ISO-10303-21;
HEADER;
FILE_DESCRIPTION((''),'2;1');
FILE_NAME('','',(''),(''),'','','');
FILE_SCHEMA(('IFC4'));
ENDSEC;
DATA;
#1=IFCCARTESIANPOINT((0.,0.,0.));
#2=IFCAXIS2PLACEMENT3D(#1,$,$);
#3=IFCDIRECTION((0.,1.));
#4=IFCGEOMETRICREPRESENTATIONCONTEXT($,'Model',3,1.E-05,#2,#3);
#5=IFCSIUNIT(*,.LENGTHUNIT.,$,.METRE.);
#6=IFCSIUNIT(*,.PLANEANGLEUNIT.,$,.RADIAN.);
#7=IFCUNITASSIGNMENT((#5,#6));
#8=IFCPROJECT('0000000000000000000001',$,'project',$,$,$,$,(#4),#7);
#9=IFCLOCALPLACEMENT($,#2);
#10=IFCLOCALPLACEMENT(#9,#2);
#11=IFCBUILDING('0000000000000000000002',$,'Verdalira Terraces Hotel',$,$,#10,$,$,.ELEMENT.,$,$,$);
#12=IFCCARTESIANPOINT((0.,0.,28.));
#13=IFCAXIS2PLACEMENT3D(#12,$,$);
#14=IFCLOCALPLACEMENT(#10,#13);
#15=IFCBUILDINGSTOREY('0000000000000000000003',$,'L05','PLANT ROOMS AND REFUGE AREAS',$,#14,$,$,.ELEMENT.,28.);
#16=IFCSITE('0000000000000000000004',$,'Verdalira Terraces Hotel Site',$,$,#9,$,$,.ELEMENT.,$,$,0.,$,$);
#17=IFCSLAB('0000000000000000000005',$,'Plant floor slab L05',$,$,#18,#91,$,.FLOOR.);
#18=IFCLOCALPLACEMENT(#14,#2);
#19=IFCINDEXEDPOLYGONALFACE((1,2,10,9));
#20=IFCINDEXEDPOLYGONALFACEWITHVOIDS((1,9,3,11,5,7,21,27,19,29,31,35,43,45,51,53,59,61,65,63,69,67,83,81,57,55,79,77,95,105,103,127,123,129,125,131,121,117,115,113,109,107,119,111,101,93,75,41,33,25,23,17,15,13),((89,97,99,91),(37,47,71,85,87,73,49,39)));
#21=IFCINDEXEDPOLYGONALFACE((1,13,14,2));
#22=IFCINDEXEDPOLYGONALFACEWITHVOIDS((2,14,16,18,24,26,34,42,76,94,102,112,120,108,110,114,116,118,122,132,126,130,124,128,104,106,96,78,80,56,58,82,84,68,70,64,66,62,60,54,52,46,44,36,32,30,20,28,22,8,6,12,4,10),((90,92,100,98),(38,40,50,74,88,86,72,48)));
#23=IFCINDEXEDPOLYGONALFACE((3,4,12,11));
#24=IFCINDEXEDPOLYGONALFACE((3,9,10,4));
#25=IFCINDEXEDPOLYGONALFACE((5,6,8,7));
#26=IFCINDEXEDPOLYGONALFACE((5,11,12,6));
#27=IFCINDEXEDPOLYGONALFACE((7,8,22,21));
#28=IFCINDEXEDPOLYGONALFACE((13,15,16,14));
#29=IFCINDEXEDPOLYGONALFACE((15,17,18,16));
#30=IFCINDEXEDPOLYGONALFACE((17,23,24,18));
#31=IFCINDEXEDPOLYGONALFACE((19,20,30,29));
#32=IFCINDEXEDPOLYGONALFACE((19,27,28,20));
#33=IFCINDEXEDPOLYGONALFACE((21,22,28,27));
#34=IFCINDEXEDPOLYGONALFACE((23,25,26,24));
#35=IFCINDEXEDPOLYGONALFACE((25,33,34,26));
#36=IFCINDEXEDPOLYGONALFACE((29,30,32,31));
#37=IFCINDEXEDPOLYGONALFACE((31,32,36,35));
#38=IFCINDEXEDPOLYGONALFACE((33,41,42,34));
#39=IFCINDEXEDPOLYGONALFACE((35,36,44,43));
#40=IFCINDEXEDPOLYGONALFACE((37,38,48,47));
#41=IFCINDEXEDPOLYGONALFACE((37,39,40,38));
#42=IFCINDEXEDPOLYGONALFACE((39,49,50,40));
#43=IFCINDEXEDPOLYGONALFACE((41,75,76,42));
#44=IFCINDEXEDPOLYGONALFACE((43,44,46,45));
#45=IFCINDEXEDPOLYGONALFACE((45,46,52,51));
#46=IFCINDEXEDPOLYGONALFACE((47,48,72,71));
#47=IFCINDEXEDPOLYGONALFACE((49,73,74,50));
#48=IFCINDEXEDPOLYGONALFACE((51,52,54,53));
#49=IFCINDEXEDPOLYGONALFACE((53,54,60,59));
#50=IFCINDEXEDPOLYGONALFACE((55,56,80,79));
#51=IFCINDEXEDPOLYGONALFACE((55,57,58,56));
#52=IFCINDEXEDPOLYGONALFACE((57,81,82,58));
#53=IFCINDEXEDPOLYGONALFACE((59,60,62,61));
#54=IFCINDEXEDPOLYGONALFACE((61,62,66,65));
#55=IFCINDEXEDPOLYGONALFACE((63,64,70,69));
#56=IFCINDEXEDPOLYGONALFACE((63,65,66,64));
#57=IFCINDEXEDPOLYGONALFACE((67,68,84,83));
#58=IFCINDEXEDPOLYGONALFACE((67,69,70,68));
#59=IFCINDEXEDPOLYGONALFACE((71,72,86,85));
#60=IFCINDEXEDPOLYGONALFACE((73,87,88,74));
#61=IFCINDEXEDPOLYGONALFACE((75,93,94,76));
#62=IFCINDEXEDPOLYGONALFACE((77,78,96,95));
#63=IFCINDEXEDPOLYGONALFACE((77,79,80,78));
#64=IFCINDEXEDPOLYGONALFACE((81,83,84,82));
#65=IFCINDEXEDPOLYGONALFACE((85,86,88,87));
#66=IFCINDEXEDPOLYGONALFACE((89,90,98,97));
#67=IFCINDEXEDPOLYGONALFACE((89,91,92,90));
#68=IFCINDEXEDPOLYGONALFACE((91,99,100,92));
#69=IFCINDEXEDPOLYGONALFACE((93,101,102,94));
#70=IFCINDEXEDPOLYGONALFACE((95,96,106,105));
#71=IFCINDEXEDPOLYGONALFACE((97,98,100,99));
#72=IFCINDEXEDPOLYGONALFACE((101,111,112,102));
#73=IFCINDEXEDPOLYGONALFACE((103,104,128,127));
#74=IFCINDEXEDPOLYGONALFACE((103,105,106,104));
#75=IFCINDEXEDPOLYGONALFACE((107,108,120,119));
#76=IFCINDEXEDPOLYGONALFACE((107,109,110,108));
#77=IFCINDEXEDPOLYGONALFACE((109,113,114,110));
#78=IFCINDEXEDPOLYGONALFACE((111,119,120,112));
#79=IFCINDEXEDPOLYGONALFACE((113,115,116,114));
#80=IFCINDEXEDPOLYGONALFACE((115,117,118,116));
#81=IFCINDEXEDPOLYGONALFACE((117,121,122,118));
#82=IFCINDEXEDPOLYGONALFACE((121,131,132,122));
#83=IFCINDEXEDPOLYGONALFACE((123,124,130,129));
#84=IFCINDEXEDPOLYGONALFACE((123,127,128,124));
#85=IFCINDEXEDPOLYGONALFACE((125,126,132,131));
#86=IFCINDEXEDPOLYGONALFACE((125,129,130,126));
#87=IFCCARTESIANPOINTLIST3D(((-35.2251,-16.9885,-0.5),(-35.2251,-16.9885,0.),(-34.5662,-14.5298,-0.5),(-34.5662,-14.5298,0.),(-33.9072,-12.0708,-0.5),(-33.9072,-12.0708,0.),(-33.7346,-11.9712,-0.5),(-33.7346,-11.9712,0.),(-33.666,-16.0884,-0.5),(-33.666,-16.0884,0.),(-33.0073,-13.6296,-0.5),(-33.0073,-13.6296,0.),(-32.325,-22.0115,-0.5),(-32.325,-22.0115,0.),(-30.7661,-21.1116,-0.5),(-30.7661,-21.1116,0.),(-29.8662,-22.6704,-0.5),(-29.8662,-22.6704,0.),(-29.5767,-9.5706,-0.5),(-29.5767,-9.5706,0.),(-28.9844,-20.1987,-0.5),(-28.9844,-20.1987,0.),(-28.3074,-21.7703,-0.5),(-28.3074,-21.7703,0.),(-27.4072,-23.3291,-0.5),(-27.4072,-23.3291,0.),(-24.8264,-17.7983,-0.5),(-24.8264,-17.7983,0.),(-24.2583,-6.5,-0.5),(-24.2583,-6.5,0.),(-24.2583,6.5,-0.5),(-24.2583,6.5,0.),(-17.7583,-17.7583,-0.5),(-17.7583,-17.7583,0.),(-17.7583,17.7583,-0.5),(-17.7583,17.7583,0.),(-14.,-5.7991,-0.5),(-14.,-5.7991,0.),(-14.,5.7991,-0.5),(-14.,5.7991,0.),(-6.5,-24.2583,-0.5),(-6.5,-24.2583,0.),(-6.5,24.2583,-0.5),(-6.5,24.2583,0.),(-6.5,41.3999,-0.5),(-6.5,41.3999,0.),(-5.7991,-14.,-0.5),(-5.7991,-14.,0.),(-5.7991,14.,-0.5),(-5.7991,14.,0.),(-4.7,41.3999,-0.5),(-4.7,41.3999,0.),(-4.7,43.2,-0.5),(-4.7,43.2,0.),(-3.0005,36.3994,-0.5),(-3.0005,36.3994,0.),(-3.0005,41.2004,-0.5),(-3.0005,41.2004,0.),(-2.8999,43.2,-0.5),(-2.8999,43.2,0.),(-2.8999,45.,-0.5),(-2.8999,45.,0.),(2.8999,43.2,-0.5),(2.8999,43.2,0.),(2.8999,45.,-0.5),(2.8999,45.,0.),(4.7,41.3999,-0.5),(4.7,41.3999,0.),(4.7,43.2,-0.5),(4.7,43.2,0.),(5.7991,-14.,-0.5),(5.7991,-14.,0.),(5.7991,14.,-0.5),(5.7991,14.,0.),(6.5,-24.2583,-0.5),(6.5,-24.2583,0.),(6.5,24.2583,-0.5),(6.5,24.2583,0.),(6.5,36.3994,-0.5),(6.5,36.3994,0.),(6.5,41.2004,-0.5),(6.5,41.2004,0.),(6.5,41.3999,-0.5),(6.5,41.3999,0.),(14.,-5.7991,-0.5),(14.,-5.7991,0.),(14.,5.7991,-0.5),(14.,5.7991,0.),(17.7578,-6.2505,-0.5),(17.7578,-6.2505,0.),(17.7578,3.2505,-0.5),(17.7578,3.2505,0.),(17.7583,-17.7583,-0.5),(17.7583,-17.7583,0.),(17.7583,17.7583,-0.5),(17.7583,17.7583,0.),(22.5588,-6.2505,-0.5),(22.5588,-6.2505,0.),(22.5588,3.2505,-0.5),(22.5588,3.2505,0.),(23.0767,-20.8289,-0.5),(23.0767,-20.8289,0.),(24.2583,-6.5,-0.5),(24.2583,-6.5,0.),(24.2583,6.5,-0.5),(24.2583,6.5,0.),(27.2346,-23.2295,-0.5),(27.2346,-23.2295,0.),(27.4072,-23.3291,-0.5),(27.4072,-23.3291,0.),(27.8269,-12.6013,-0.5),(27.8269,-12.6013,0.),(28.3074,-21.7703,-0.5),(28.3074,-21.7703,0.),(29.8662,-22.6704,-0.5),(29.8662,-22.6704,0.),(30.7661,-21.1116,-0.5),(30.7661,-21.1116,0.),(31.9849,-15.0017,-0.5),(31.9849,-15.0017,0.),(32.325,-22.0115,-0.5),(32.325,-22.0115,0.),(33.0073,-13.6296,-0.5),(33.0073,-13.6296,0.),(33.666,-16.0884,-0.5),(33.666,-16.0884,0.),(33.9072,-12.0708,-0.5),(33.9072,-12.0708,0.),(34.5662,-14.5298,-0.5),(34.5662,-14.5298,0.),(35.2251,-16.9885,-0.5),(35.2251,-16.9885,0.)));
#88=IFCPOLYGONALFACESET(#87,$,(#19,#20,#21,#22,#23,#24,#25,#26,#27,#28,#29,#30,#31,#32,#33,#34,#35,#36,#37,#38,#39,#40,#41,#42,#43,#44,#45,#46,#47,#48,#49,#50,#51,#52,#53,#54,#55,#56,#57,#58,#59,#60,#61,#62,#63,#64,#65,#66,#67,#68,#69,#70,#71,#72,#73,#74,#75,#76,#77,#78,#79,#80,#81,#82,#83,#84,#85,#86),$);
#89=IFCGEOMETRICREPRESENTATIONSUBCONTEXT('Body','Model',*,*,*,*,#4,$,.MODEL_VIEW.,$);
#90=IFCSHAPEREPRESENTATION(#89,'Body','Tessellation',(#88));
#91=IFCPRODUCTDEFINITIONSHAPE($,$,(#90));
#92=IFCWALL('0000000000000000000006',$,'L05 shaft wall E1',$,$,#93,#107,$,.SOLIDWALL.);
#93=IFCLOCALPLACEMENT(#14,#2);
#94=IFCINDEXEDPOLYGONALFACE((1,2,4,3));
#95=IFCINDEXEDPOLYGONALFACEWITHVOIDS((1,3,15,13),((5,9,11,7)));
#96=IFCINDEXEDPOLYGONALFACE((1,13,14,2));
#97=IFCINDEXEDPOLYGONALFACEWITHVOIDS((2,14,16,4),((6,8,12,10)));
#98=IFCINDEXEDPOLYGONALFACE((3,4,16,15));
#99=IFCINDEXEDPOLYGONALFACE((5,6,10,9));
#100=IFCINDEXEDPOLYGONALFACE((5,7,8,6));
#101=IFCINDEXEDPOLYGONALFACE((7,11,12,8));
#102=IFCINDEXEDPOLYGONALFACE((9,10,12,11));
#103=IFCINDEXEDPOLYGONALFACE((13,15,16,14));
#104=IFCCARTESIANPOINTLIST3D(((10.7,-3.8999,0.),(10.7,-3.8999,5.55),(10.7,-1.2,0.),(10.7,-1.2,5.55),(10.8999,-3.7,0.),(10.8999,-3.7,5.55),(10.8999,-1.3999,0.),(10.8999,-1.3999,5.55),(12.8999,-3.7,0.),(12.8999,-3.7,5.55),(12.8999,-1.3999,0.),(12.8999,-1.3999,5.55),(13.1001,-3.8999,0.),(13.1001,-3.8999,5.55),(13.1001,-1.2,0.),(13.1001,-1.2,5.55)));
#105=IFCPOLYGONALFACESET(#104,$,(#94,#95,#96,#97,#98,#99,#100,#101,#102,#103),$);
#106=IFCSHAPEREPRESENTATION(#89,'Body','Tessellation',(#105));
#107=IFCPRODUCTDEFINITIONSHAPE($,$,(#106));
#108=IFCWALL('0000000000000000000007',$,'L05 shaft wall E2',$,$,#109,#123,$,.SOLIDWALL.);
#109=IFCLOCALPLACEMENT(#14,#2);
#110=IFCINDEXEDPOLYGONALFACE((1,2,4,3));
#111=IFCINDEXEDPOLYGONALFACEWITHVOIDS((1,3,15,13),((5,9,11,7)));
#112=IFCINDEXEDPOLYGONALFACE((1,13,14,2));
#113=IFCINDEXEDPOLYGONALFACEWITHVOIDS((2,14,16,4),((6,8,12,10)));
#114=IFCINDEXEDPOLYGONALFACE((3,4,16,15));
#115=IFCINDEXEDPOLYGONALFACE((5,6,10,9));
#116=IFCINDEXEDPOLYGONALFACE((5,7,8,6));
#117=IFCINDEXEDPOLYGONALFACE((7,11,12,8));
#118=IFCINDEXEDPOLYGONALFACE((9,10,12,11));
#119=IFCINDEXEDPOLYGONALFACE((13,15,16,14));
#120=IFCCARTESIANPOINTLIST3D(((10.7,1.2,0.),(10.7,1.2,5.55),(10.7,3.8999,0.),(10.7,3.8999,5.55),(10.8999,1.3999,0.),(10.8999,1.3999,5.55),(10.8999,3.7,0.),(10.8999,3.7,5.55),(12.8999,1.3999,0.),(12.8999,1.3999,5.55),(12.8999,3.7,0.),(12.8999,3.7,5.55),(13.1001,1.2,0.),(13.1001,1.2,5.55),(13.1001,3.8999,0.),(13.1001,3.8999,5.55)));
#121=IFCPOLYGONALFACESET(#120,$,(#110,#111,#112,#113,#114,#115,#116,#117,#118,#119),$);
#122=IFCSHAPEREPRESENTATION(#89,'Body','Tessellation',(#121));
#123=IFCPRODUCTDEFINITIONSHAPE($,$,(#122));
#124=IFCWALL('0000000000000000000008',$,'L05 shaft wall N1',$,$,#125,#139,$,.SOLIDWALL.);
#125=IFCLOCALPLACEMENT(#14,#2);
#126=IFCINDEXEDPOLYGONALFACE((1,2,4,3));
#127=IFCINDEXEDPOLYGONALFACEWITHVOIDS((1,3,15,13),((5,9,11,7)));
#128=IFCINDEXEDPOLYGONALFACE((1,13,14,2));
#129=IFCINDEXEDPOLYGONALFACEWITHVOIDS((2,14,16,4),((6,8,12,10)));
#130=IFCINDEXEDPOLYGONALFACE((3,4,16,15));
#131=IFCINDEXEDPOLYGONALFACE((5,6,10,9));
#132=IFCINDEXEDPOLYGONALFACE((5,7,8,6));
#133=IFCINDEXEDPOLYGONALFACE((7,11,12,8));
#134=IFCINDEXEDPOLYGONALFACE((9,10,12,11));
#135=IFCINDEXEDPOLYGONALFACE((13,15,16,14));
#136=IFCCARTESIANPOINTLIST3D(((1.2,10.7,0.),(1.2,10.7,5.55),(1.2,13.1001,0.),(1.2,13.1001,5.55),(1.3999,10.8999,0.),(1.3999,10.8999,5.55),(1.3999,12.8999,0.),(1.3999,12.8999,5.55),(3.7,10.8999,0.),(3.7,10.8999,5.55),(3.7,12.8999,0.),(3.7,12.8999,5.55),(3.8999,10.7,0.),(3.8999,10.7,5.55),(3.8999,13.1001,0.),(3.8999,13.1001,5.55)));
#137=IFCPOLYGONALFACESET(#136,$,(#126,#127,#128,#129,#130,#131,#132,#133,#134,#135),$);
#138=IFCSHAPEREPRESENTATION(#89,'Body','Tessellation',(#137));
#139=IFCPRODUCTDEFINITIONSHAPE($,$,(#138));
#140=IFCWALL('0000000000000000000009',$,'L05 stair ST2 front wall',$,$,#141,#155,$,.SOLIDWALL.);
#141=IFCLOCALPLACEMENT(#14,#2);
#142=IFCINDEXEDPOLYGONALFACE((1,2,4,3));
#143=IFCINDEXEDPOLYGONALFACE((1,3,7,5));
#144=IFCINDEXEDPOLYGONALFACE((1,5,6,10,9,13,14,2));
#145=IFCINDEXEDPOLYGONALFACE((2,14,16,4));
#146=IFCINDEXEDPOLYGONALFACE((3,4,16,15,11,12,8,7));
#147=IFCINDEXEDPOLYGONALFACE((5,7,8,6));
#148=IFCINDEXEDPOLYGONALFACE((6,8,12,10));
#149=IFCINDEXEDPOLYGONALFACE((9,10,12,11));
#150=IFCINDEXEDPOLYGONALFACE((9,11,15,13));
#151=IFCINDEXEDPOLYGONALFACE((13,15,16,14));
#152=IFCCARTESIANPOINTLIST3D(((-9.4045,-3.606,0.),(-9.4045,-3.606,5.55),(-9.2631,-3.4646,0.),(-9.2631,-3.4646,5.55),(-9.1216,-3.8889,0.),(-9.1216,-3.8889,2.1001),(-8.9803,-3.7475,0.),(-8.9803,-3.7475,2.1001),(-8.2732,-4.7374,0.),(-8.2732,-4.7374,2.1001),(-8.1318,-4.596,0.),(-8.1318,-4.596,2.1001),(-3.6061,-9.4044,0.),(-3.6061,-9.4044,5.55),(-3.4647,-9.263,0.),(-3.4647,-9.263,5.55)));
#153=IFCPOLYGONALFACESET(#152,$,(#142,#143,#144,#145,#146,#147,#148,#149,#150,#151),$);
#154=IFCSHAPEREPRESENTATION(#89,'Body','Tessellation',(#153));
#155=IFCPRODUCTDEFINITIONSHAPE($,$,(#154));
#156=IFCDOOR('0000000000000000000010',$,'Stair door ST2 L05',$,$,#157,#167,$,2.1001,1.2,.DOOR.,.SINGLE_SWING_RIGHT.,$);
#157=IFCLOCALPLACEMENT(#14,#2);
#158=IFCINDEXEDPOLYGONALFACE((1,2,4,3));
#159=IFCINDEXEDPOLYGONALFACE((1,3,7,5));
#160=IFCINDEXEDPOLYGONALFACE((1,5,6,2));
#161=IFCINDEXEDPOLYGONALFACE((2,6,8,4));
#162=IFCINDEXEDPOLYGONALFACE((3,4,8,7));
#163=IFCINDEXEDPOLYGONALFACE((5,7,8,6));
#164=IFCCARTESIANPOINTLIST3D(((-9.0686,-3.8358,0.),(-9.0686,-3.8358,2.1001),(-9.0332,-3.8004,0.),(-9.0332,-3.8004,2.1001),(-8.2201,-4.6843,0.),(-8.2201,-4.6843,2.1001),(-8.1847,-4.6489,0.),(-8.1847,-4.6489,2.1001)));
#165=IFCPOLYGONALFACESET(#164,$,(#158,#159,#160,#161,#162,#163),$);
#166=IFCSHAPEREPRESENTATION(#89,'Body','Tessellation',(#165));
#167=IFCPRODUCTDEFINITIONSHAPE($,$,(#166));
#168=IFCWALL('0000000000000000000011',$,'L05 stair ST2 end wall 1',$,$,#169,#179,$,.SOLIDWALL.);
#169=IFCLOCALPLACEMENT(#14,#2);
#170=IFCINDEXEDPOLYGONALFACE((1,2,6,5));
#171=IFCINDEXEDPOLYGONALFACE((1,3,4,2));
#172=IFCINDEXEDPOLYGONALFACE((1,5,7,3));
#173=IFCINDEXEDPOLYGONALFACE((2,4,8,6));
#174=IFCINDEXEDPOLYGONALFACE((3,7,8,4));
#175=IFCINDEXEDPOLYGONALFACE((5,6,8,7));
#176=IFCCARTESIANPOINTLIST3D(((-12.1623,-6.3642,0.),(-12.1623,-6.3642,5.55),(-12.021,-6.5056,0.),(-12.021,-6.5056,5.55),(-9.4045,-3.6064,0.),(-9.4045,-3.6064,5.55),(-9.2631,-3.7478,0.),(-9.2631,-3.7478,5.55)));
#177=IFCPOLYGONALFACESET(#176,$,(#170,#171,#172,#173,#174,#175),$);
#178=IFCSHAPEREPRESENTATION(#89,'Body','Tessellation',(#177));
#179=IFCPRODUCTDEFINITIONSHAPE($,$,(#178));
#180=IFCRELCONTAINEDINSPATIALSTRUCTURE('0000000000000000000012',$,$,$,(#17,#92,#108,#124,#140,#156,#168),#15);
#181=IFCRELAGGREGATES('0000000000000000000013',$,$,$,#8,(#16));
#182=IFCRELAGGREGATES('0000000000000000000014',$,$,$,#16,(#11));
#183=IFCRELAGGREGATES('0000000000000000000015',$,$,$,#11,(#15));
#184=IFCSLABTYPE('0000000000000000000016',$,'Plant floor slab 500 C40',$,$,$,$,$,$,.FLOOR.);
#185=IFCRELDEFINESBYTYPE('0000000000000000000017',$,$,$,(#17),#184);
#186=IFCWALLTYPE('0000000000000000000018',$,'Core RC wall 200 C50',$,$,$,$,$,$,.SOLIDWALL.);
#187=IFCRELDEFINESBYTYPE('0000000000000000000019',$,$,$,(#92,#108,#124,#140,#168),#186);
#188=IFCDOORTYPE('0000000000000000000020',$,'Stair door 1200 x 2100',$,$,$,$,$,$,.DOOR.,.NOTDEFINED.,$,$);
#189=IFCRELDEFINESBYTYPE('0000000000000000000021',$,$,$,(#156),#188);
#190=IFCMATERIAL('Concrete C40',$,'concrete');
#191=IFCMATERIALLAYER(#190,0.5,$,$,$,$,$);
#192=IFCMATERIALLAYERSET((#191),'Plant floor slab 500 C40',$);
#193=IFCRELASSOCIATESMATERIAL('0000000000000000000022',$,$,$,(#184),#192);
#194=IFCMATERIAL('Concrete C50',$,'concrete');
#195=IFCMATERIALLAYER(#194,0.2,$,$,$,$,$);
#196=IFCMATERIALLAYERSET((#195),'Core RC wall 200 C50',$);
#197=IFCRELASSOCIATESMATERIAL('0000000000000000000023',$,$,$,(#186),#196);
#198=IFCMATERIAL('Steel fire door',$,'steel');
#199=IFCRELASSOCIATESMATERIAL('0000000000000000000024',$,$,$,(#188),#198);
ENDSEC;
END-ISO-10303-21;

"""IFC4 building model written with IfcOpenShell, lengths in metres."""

from ifc_helpers import new_model, si_unit, direction, frame, frame_2d, origin, place, context, subcontext, project, spatial, polyline, rectangle, outline, extrude, material, layer, layer_set, type_object, element, fill, save


model = new_model("IFC4")

# Units and contexts
model_context = context("Model", 3, precision=1e-05, world=origin(), true_north=direction((0.0, 1.0)))
body_context = subcontext(model_context, "Body", "Model", "MODEL_VIEW")
ifc_project = project(units=[si_unit("LENGTHUNIT", "METRE"), si_unit("PLANEANGLEUNIT", "RADIAN")], contexts=[model_context])

# Site, building, storey
site_placement = place(None, origin())
site = spatial("IfcSite", under=ifc_project, at=site_placement, Name="Verdalira Terraces Hotel Site", CompositionType="ELEMENT", RefElevation=0.0)
building_placement = place(site_placement, origin())
building = spatial("IfcBuilding", under=site, at=building_placement, Name="Verdalira Terraces Hotel", CompositionType="ELEMENT")
storey_placement = place(building_placement, frame((0.0, 0.0, 28.0)))
storey = spatial("IfcBuildingStorey", under=building, at=storey_placement, Name="L05", Description="PLANT ROOMS AND REFUGE AREAS", CompositionType="ELEMENT", Elevation=28.0)

# Slab
ifc_material_1 = material(Name="Concrete C40", Category="concrete")
ifc_layer_1 = layer(ifc_material_1, 0.5)
ifc_layer_set_1 = layer_set([ifc_layer_1], Name="Plant floor slab 500 C40")
slab_type = type_object("IfcSlabType", Name="Plant floor slab 500 C40", PredefinedType="FLOOR", material=ifc_layer_set_1)
slab_placement = place(storey_placement, frame((0.0, 0.0, -0.5)))
element("IfcSlab", 1, at=slab_placement, inside=storey, type_object=slab_type, Name="Plant floor slab L05", PredefinedType="FLOOR", context=body_context, shape_type="SweptSolid", body=[
    extrude(outline(polyline([(33.0073, -13.6296), (33.9072, -12.0708), (24.2583, -6.5), (24.2583, 6.5), (17.7583, 17.7583), (6.5, 24.2583), (6.5, 36.3994), (-3.0005, 36.3994), (-3.0005, 41.2004), (6.5, 41.2004), (6.5, 41.3999), (4.7, 41.3999), (4.7, 43.2), (2.8999, 43.2), (2.8999, 45.0), (-2.8999, 45.0), (-2.8999, 43.2), (-4.7, 43.2), (-4.7, 41.3999), (-6.5, 41.3999), (-6.5, 24.2583), (-17.7583, 17.7583), (-24.2583, 6.5), (-24.2583, -6.5), (-29.5767, -9.5706), (-24.8264, -17.7983), (-28.9844, -20.1987), (-33.7346, -11.9712), (-33.9072, -12.0708), (-33.0073, -13.6296), (-34.5662, -14.5298), (-33.666, -16.0884), (-35.2251, -16.9885), (-32.325, -22.0115), (-30.7661, -21.1116), (-29.8662, -22.6704), (-28.3074, -21.7703), (-27.4072, -23.3291), (-17.7583, -17.7583), (-6.5, -24.2583), (6.5, -24.2583), (17.7583, -17.7583), (23.0767, -20.8289), (27.8269, -12.6013), (31.9849, -15.0017), (27.2346, -23.2295), (27.4072, -23.3291), (28.3074, -21.7703), (29.8662, -22.6704), (30.7661, -21.1116), (32.325, -22.0115), (35.2251, -16.9885), (33.666, -16.0884), (34.5662, -14.5298), (33.0073, -13.6296)]), holes=[polyline([(-5.7991, -14.0), (-14.0, -5.7991), (-14.0, 5.7991), (-5.7991, 14.0), (5.7991, 14.0), (14.0, 5.7991), (14.0, -5.7991), (5.7991, -14.0), (-5.7991, -14.0)]), polyline([(22.5588, -6.2505), (17.7578, -6.2505), (17.7578, 3.2505), (22.5588, 3.2505), (22.5588, -6.2505)])]), origin(), (0.0, 0.0, 1.0), 0.5),
])

# Walls
ifc_material_2 = material(Name="Concrete C50", Category="concrete")
ifc_layer_2 = layer(ifc_material_2, 0.2)
ifc_layer_set_2 = layer_set([ifc_layer_2], Name="Core RC wall 200 C50")
wall_type_1 = type_object("IfcWallType", Name="Core RC wall 200 C50", PredefinedType="SOLIDWALL", material=ifc_layer_set_2)
wall_1_placement = place(storey_placement, origin())
element("IfcWall", 2, at=wall_1_placement, inside=storey, type_object=wall_type_1, Name="L05 shaft wall E1", PredefinedType="SOLIDWALL", context=body_context, shape_type="SweptSolid", body=[
    extrude(outline(polyline([(13.1001, -1.2), (13.1001, -3.8999), (10.7, -3.8999), (10.7, -1.2), (13.1001, -1.2)]), holes=[polyline([(10.8999, -3.7), (12.8999, -3.7), (12.8999, -1.3999), (10.8999, -1.3999), (10.8999, -3.7)])]), origin(), (0.0, 0.0, 1.0), 5.55),
])
wall_2_placement = place(storey_placement, origin())
element("IfcWall", 3, at=wall_2_placement, inside=storey, type_object=wall_type_1, Name="L05 shaft wall E2", PredefinedType="SOLIDWALL", context=body_context, shape_type="SweptSolid", body=[
    extrude(outline(polyline([(10.7, 3.8999), (13.1001, 3.8999), (13.1001, 1.2), (10.7, 1.2), (10.7, 3.8999)]), holes=[polyline([(12.8999, 1.3999), (12.8999, 3.7), (10.8999, 3.7), (10.8999, 1.3999), (12.8999, 1.3999)])]), origin(), (0.0, 0.0, 1.0), 5.55),
])
wall_3_placement = place(storey_placement, origin())
element("IfcWall", 4, at=wall_3_placement, inside=storey, type_object=wall_type_1, Name="L05 shaft wall N1", PredefinedType="SOLIDWALL", context=body_context, shape_type="SweptSolid", body=[
    extrude(outline(polyline([(1.2, 13.1001), (3.8999, 13.1001), (3.8999, 10.7), (1.2, 10.7), (1.2, 13.1001)]), holes=[polyline([(3.7, 10.8999), (3.7, 12.8999), (1.3999, 12.8999), (1.3999, 10.8999), (3.7, 10.8999)])]), origin(), (0.0, 0.0, 1.0), 5.55),
])

# Wall, opening, door
wall_4_placement = place(storey_placement, frame((-3.5354, -9.3337, 0.0), z_axis=(0.0, 0.0, 1.0), x_axis=(-0.707107, 0.707107, 0.0)))
wall_4 = element("IfcWall", 5, at=wall_4_placement, inside=storey, type_object=wall_type_1, Name="L05 stair ST2 front wall", PredefinedType="SOLIDWALL", context=body_context, shape_type="SweptSolid", body=[
    extrude(rectangle(XDim=8.2002, YDim=0.2, at=frame_2d((4.1001, 0.0))), origin(), (0.0, 0.0, 1.0), 5.55),
])
opening_1_placement = place(wall_4_placement, frame((6.6001, 0.0, 0.0)))
opening_1 = element("IfcOpeningElement", 6, at=opening_1_placement, cuts=wall_4, PredefinedType="OPENING", context=body_context, shape_type="SweptSolid", body=[
    extrude(rectangle(XDim=1.2, YDim=2.1001, at=frame_2d((0.6001, 1.05))), frame((0.0, 0.1099, 0.0), z_axis=(0.0, -1.0, 0.0), x_axis=(1.0, 0.0, 0.0)), (0.0, 0.0, 1.0), 0.22),
])
ifc_material_3 = material(Name="Steel fire door", Category="steel")
door_type_1 = type_object("IfcDoorType", Name="Stair door 1200 x 2100", OperationType="NOTDEFINED", PredefinedType="DOOR", material=ifc_material_3)
door_1_placement = place(opening_1_placement, origin())
door_1 = element("IfcDoor", 7, at=door_1_placement, inside=storey, type_object=door_type_1, Name="Stair door ST2 L05", OperationType="SINGLE_SWING_RIGHT", OverallHeight=2.1001, OverallWidth=1.2, PredefinedType="DOOR", context=body_context, shape_type="SweptSolid", body=[
    extrude(rectangle(XDim=1.2, YDim=2.1001, at=frame_2d((0.6001, 1.05))), frame((0.0, 0.0249, 0.0), z_axis=(0.0, -1.0, 0.0), x_axis=(1.0, 0.0, 0.0)), (0.0, 0.0, 1.0), 0.05),
])
fill(opening_1, door_1)

# Wall
for number, where, z_axis, x_axis, name in (
    (8, (-9.3337, -3.677, 0.0), (0.0, 0.0, 1.0), (-0.707107, -0.707107, 0.0), "L05 stair ST2 end wall 1"),
):
    element("IfcWall", number, at=place(storey_placement, frame(where, z_axis=z_axis, x_axis=x_axis)), inside=storey, type_object=wall_type_1, Name=name, PredefinedType="SOLIDWALL", context=body_context, shape_type="SweptSolid", body=[
        extrude(rectangle(XDim=3.9001, YDim=0.2, at=frame_2d((1.9502, 0.0))), origin(), (0.0, 0.0, 1.0), 5.55),
    ])

save(model, "model.ifc")
